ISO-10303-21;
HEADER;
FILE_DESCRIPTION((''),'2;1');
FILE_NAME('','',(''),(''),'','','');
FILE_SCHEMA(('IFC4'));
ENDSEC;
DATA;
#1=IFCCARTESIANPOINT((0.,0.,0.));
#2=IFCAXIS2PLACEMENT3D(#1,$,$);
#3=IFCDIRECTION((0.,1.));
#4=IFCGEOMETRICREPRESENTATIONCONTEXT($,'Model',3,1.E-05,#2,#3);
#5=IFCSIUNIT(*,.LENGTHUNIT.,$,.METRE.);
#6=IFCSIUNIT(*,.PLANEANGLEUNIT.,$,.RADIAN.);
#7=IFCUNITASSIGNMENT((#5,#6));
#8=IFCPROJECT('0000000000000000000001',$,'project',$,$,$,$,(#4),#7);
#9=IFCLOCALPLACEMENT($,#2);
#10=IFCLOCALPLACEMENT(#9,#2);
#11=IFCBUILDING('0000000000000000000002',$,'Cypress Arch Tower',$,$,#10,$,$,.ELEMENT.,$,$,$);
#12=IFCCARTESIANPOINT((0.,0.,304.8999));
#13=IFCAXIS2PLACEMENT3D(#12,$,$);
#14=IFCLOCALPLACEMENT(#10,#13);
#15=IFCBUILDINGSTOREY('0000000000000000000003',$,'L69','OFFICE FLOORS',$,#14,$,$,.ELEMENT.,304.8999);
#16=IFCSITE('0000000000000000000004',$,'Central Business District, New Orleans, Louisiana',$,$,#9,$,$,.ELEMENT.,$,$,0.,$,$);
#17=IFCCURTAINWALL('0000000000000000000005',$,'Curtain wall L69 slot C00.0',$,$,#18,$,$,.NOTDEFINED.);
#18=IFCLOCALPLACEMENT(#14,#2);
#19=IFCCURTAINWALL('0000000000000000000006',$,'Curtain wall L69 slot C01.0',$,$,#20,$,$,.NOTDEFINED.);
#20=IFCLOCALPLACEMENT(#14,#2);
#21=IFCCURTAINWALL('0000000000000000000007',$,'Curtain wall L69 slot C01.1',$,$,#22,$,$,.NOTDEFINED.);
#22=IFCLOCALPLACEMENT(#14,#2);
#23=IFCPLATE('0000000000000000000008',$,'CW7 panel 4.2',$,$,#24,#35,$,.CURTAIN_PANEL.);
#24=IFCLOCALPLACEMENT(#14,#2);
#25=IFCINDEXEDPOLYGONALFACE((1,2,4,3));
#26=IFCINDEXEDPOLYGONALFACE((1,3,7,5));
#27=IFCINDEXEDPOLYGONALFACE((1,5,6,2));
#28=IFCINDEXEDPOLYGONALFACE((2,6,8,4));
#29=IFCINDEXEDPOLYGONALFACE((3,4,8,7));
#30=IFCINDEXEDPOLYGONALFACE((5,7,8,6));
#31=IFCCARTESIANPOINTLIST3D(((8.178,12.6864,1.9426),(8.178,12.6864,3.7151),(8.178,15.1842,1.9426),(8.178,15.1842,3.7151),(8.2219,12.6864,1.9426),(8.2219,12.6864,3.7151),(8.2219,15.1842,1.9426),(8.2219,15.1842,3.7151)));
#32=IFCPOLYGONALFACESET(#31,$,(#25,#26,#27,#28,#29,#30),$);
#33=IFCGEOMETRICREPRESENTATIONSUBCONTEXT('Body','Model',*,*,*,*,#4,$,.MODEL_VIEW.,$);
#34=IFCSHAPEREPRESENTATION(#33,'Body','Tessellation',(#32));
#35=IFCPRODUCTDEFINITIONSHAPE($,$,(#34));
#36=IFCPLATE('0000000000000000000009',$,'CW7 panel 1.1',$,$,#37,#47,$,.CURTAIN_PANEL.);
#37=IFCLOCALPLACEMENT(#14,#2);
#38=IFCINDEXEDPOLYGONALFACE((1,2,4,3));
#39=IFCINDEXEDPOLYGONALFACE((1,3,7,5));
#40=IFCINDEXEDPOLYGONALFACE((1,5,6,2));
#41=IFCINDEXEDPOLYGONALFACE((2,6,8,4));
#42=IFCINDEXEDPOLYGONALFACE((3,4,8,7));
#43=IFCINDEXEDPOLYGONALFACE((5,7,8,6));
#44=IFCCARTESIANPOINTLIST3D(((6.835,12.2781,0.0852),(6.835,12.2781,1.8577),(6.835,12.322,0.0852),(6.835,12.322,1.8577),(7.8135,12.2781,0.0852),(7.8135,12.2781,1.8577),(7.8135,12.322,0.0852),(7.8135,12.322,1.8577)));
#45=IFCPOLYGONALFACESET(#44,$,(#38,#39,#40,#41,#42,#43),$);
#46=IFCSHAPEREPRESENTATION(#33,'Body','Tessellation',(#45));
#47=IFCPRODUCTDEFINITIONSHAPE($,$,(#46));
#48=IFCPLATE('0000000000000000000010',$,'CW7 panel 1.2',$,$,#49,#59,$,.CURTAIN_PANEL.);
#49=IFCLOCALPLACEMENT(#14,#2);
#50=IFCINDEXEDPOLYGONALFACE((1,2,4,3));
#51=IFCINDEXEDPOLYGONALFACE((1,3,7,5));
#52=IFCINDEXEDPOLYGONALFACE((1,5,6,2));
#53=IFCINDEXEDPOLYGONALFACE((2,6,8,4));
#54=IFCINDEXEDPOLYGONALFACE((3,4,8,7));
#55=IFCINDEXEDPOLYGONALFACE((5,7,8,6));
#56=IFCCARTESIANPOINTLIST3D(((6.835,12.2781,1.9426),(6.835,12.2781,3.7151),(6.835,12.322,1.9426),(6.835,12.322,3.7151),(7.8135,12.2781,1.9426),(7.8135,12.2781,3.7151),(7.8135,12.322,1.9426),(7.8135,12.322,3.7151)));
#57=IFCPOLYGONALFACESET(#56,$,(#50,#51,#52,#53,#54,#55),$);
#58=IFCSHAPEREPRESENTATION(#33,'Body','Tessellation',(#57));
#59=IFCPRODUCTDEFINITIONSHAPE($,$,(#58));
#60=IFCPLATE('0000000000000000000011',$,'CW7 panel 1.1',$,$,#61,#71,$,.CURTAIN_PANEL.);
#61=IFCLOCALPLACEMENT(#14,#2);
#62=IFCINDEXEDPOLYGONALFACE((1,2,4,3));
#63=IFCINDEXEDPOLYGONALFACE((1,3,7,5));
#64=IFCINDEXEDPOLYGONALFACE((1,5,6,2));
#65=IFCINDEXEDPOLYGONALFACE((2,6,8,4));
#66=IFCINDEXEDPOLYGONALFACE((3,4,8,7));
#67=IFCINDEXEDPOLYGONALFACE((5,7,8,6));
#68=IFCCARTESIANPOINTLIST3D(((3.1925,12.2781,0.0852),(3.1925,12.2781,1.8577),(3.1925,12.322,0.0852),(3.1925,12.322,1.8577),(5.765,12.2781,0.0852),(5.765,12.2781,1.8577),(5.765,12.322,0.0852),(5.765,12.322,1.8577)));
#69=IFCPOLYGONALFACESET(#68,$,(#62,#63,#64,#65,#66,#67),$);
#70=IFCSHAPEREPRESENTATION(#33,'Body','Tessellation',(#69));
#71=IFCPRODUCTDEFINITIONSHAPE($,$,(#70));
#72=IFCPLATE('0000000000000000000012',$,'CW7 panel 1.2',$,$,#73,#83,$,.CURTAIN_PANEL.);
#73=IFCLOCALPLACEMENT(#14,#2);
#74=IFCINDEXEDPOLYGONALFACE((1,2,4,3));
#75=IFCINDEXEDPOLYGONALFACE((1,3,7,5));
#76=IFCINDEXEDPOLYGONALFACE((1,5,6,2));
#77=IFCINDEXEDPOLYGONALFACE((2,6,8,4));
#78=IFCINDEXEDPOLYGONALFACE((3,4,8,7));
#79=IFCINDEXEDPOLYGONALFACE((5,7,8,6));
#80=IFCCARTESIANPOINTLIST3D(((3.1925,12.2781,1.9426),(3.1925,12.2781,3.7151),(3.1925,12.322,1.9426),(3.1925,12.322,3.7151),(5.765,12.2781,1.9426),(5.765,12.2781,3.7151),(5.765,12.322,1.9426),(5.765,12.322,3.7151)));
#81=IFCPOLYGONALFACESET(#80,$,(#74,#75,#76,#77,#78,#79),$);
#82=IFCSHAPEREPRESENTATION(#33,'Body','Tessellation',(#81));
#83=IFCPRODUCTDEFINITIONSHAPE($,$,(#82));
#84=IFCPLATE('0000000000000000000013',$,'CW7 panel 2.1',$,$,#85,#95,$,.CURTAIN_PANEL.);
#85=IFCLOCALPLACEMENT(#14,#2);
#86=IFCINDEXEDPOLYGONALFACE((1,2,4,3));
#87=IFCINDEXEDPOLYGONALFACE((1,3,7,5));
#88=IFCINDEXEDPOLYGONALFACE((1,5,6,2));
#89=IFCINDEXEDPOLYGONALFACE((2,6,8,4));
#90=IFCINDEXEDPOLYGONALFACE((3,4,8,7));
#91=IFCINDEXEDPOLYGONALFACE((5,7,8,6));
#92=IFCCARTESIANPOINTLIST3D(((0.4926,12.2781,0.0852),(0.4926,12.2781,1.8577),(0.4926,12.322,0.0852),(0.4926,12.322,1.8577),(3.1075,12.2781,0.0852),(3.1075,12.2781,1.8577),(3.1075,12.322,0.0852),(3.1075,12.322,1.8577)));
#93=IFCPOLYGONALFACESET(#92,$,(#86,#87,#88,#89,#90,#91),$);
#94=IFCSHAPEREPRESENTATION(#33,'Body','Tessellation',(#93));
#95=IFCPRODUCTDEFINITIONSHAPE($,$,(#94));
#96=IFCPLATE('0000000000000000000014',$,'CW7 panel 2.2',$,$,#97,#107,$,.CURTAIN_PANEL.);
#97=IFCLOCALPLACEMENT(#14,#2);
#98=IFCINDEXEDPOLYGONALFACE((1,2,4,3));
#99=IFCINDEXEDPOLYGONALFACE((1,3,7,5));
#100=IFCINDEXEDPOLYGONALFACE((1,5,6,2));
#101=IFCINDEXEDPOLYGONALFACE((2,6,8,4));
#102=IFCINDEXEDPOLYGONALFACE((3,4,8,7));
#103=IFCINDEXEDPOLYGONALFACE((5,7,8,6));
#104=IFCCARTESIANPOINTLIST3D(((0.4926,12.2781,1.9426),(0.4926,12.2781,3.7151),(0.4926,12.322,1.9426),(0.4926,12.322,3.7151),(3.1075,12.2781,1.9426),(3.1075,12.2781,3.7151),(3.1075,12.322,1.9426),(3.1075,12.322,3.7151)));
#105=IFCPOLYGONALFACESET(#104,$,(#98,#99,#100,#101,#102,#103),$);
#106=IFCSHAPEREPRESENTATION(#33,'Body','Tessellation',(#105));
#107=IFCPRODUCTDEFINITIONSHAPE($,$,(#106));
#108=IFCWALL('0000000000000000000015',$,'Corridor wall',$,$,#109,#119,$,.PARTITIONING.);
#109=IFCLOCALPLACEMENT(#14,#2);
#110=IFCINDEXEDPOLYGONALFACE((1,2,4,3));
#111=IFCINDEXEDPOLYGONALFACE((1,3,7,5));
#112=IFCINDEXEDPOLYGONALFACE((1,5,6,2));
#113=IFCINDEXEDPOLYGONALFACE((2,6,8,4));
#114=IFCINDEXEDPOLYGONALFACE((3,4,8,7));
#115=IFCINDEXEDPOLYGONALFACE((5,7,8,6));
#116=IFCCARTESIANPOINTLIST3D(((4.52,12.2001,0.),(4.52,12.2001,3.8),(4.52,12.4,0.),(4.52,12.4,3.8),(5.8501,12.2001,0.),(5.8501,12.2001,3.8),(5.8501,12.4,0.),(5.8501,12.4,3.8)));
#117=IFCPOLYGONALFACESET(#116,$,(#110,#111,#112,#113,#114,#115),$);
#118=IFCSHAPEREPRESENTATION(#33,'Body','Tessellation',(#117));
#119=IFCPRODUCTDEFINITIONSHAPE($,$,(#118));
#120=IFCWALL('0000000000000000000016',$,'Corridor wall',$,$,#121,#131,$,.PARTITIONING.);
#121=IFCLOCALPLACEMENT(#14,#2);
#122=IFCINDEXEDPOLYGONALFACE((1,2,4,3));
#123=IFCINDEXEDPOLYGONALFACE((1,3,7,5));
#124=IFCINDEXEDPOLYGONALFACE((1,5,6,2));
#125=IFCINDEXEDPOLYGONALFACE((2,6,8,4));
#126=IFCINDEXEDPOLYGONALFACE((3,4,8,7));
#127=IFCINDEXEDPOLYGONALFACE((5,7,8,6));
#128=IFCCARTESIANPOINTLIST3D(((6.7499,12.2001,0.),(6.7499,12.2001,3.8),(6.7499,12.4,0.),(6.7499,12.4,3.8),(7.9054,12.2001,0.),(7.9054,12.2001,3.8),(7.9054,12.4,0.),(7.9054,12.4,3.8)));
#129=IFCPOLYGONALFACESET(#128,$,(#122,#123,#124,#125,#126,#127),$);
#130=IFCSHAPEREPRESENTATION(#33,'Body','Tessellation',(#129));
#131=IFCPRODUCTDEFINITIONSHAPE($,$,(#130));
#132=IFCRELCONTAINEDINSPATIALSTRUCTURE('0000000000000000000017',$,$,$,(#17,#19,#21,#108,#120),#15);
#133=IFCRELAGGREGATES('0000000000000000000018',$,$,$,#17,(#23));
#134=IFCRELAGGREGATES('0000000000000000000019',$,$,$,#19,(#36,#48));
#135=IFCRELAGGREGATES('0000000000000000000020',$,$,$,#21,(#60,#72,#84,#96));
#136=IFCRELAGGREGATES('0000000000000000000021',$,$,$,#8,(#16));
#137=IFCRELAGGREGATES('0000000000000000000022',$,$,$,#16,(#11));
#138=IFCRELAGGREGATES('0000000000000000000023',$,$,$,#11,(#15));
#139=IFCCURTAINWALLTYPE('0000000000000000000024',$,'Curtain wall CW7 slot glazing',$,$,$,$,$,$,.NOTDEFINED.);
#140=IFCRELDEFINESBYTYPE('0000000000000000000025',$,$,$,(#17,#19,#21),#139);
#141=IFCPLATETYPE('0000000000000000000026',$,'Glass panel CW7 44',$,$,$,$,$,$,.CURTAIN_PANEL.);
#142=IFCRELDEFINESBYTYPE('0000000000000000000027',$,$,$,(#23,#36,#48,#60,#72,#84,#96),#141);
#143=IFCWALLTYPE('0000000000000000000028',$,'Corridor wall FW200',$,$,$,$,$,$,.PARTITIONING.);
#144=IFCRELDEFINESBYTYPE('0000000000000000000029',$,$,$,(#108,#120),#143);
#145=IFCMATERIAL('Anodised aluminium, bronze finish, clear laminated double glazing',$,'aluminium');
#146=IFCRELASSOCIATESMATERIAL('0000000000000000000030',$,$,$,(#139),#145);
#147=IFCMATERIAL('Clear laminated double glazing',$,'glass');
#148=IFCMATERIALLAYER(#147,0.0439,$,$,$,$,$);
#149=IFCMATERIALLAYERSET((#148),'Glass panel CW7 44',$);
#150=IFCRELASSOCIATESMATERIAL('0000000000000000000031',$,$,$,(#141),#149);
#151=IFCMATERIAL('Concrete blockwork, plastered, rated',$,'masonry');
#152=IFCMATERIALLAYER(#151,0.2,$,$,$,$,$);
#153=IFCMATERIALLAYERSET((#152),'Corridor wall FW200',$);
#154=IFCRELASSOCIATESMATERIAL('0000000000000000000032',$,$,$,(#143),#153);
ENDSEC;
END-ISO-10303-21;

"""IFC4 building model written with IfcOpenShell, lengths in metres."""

from ifc_helpers import new_model, si_unit, direction, frame, frame_2d, origin, origin_2d, place, context, subcontext, project, spatial, rectangle, extrude, material, layer, layer_set, type_object, element, aggregate, save


model = new_model("IFC4")

# Units and contexts
model_context = context("Model", 3, precision=1e-05, world=origin(), true_north=direction((0.0, 1.0)))
body_context = subcontext(model_context, "Body", "Model", "MODEL_VIEW")
ifc_project = project(units=[si_unit("LENGTHUNIT", "METRE"), si_unit("PLANEANGLEUNIT", "RADIAN")], contexts=[model_context])

# Site, building, storey
site_placement = place(None, origin())
site = spatial("IfcSite", under=ifc_project, at=site_placement, Name="Central Business District, New Orleans, Louisiana", CompositionType="ELEMENT", RefElevation=0.0)
building_placement = place(site_placement, origin())
building = spatial("IfcBuilding", under=site, at=building_placement, Name="Cypress Arch Tower", CompositionType="ELEMENT")
storey_placement = place(building_placement, frame((0.0, 0.0, 304.8999)))
storey = spatial("IfcBuildingStorey", under=building, at=storey_placement, Name="L69", Description="OFFICE FLOORS", CompositionType="ELEMENT", Elevation=304.8999)

# Curtain wall
ifc_material_1 = material(Name="Anodised aluminium, bronze finish, clear laminated double glazing", Category="aluminium")
curtain_wall_type = type_object("IfcCurtainWallType", Name="Curtain wall CW7 slot glazing", PredefinedType="NOTDEFINED", material=ifc_material_1)
curtain_wall_1_placement = place(storey_placement, origin())
curtain_wall_1 = element("IfcCurtainWall", 1, at=curtain_wall_1_placement, inside=storey, type_object=curtain_wall_type, Name="Curtain wall L69 slot C00.0", PredefinedType="NOTDEFINED")

# Curtain walls
curtain_wall_2_placement = place(storey_placement, origin())
curtain_wall_2 = element("IfcCurtainWall", 2, at=curtain_wall_2_placement, inside=storey, type_object=curtain_wall_type, Name="Curtain wall L69 slot C01.0", PredefinedType="NOTDEFINED")
curtain_wall_3_placement = place(storey_placement, origin())
curtain_wall_3 = element("IfcCurtainWall", 3, at=curtain_wall_3_placement, inside=storey, type_object=curtain_wall_type, Name="Curtain wall L69 slot C01.1", PredefinedType="NOTDEFINED")

# Plates
ifc_material_2 = material(Name="Clear laminated double glazing", Category="glass")
ifc_layer_1 = layer(ifc_material_2, 0.0439)
ifc_layer_set_1 = layer_set([ifc_layer_1], Name="Glass panel CW7 44")
plate_type = type_object("IfcPlateType", Name="Glass panel CW7 44", PredefinedType="CURTAIN_PANEL", material=ifc_layer_set_1)
plate_1_placement = place(storey_placement, frame((8.2, 13.9353, 1.9426), z_axis=(0.0, 0.0, 1.0), x_axis=(0.0, -1.0, 0.0)))
plate_1 = element("IfcPlate", 4, at=plate_1_placement, type_object=plate_type, Name="CW7 panel 4.2", PredefinedType="CURTAIN_PANEL", context=body_context, shape_type="SweptSolid", body=[
    extrude(rectangle(XDim=2.4978, YDim=0.0439, at=origin_2d()), origin(), (0.0, 0.0, 1.0), 1.7725),
])
aggregate(curtain_wall_1, [plate_1])
plate_2_placement = place(storey_placement, frame((7.3242, 12.3, 0.0852), z_axis=(0.0, 0.0, 1.0), x_axis=(-1.0, 0.0, 0.0)))
plate_2 = element("IfcPlate", 5, at=plate_2_placement, type_object=plate_type, Name="CW7 panel 1.1", PredefinedType="CURTAIN_PANEL", context=body_context, shape_type="SweptSolid", body=[
    extrude(rectangle(XDim=0.9785, YDim=0.0439, at=origin_2d()), origin(), (0.0, 0.0, 1.0), 1.7725),
])
plate_3_placement = place(storey_placement, frame((7.3242, 12.3, 1.9426), z_axis=(0.0, 0.0, 1.0), x_axis=(-1.0, 0.0, 0.0)))
plate_3 = element("IfcPlate", 6, at=plate_3_placement, type_object=plate_type, Name="CW7 panel 1.2", PredefinedType="CURTAIN_PANEL", context=body_context, shape_type="SweptSolid", body=[
    extrude(rectangle(XDim=0.9785, YDim=0.0439, at=origin_2d()), origin(), (0.0, 0.0, 1.0), 1.7725),
])
aggregate(curtain_wall_2, [plate_2, plate_3])
plate_4_placement = place(storey_placement, frame((4.4788, 12.3, 0.0852), z_axis=(0.0, 0.0, 1.0), x_axis=(-1.0, 0.0, 0.0)))
plate_4 = element("IfcPlate", 7, at=plate_4_placement, type_object=plate_type, Name="CW7 panel 1.1", PredefinedType="CURTAIN_PANEL", context=body_context, shape_type="SweptSolid", body=[
    extrude(rectangle(XDim=2.5725, YDim=0.0439, at=origin_2d()), origin(), (0.0, 0.0, 1.0), 1.7725),
])
plate_5_placement = place(storey_placement, frame((4.4788, 12.3, 1.9426), z_axis=(0.0, 0.0, 1.0), x_axis=(-1.0, 0.0, 0.0)))
plate_5 = element("IfcPlate", 8, at=plate_5_placement, type_object=plate_type, Name="CW7 panel 1.2", PredefinedType="CURTAIN_PANEL", context=body_context, shape_type="SweptSolid", body=[
    extrude(rectangle(XDim=2.5725, YDim=0.0439, at=origin_2d()), origin(), (0.0, 0.0, 1.0), 1.7725),
])
plate_6_placement = place(storey_placement, frame((1.8, 12.3, 0.0852), z_axis=(0.0, 0.0, 1.0), x_axis=(-1.0, 0.0, 0.0)))
plate_6 = element("IfcPlate", 9, at=plate_6_placement, type_object=plate_type, Name="CW7 panel 2.1", PredefinedType="CURTAIN_PANEL", context=body_context, shape_type="SweptSolid", body=[
    extrude(rectangle(XDim=2.615, YDim=0.0439, at=origin_2d()), origin(), (0.0, 0.0, 1.0), 1.7725),
])
plate_7_placement = place(storey_placement, frame((1.8, 12.3, 1.9426), z_axis=(0.0, 0.0, 1.0), x_axis=(-1.0, 0.0, 0.0)))
plate_7 = element("IfcPlate", 10, at=plate_7_placement, type_object=plate_type, Name="CW7 panel 2.2", PredefinedType="CURTAIN_PANEL", context=body_context, shape_type="SweptSolid", body=[
    extrude(rectangle(XDim=2.615, YDim=0.0439, at=origin_2d()), origin(), (0.0, 0.0, 1.0), 1.7725),
])
aggregate(curtain_wall_3, [plate_4, plate_5, plate_6, plate_7])

# Walls
ifc_material_3 = material(Name="Concrete blockwork, plastered, rated", Category="masonry")
ifc_layer_2 = layer(ifc_material_3, 0.2)
ifc_layer_set_2 = layer_set([ifc_layer_2], Name="Corridor wall FW200")
wall_type = type_object("IfcWallType", Name="Corridor wall FW200", PredefinedType="PARTITIONING", material=ifc_layer_set_2)
wall_1_placement = place(storey_placement, frame((4.52, 12.3, 0.0), z_axis=(0.0, 0.0, 1.0), x_axis=(1.0, 0.0, 0.0)))
element("IfcWall", 11, at=wall_1_placement, inside=storey, type_object=wall_type, Name="Corridor wall", PredefinedType="PARTITIONING", context=body_context, shape_type="SweptSolid", body=[
    extrude(rectangle(XDim=1.3301, YDim=0.2, at=frame_2d((0.665, 0.0))), origin(), (0.0, 0.0, 1.0), 3.8),
])
wall_2_placement = place(storey_placement, frame((6.75, 12.3, 0.0), z_axis=(0.0, 0.0, 1.0), x_axis=(1.0, 0.0, 0.0)))
element("IfcWall", 12, at=wall_2_placement, inside=storey, type_object=wall_type, Name="Corridor wall", PredefinedType="PARTITIONING", context=body_context, shape_type="SweptSolid", body=[
    extrude(rectangle(XDim=1.1555, YDim=0.2, at=frame_2d((0.5776, 0.0))), origin(), (0.0, 0.0, 1.0), 3.8),
])

save(model, "model.ifc")
